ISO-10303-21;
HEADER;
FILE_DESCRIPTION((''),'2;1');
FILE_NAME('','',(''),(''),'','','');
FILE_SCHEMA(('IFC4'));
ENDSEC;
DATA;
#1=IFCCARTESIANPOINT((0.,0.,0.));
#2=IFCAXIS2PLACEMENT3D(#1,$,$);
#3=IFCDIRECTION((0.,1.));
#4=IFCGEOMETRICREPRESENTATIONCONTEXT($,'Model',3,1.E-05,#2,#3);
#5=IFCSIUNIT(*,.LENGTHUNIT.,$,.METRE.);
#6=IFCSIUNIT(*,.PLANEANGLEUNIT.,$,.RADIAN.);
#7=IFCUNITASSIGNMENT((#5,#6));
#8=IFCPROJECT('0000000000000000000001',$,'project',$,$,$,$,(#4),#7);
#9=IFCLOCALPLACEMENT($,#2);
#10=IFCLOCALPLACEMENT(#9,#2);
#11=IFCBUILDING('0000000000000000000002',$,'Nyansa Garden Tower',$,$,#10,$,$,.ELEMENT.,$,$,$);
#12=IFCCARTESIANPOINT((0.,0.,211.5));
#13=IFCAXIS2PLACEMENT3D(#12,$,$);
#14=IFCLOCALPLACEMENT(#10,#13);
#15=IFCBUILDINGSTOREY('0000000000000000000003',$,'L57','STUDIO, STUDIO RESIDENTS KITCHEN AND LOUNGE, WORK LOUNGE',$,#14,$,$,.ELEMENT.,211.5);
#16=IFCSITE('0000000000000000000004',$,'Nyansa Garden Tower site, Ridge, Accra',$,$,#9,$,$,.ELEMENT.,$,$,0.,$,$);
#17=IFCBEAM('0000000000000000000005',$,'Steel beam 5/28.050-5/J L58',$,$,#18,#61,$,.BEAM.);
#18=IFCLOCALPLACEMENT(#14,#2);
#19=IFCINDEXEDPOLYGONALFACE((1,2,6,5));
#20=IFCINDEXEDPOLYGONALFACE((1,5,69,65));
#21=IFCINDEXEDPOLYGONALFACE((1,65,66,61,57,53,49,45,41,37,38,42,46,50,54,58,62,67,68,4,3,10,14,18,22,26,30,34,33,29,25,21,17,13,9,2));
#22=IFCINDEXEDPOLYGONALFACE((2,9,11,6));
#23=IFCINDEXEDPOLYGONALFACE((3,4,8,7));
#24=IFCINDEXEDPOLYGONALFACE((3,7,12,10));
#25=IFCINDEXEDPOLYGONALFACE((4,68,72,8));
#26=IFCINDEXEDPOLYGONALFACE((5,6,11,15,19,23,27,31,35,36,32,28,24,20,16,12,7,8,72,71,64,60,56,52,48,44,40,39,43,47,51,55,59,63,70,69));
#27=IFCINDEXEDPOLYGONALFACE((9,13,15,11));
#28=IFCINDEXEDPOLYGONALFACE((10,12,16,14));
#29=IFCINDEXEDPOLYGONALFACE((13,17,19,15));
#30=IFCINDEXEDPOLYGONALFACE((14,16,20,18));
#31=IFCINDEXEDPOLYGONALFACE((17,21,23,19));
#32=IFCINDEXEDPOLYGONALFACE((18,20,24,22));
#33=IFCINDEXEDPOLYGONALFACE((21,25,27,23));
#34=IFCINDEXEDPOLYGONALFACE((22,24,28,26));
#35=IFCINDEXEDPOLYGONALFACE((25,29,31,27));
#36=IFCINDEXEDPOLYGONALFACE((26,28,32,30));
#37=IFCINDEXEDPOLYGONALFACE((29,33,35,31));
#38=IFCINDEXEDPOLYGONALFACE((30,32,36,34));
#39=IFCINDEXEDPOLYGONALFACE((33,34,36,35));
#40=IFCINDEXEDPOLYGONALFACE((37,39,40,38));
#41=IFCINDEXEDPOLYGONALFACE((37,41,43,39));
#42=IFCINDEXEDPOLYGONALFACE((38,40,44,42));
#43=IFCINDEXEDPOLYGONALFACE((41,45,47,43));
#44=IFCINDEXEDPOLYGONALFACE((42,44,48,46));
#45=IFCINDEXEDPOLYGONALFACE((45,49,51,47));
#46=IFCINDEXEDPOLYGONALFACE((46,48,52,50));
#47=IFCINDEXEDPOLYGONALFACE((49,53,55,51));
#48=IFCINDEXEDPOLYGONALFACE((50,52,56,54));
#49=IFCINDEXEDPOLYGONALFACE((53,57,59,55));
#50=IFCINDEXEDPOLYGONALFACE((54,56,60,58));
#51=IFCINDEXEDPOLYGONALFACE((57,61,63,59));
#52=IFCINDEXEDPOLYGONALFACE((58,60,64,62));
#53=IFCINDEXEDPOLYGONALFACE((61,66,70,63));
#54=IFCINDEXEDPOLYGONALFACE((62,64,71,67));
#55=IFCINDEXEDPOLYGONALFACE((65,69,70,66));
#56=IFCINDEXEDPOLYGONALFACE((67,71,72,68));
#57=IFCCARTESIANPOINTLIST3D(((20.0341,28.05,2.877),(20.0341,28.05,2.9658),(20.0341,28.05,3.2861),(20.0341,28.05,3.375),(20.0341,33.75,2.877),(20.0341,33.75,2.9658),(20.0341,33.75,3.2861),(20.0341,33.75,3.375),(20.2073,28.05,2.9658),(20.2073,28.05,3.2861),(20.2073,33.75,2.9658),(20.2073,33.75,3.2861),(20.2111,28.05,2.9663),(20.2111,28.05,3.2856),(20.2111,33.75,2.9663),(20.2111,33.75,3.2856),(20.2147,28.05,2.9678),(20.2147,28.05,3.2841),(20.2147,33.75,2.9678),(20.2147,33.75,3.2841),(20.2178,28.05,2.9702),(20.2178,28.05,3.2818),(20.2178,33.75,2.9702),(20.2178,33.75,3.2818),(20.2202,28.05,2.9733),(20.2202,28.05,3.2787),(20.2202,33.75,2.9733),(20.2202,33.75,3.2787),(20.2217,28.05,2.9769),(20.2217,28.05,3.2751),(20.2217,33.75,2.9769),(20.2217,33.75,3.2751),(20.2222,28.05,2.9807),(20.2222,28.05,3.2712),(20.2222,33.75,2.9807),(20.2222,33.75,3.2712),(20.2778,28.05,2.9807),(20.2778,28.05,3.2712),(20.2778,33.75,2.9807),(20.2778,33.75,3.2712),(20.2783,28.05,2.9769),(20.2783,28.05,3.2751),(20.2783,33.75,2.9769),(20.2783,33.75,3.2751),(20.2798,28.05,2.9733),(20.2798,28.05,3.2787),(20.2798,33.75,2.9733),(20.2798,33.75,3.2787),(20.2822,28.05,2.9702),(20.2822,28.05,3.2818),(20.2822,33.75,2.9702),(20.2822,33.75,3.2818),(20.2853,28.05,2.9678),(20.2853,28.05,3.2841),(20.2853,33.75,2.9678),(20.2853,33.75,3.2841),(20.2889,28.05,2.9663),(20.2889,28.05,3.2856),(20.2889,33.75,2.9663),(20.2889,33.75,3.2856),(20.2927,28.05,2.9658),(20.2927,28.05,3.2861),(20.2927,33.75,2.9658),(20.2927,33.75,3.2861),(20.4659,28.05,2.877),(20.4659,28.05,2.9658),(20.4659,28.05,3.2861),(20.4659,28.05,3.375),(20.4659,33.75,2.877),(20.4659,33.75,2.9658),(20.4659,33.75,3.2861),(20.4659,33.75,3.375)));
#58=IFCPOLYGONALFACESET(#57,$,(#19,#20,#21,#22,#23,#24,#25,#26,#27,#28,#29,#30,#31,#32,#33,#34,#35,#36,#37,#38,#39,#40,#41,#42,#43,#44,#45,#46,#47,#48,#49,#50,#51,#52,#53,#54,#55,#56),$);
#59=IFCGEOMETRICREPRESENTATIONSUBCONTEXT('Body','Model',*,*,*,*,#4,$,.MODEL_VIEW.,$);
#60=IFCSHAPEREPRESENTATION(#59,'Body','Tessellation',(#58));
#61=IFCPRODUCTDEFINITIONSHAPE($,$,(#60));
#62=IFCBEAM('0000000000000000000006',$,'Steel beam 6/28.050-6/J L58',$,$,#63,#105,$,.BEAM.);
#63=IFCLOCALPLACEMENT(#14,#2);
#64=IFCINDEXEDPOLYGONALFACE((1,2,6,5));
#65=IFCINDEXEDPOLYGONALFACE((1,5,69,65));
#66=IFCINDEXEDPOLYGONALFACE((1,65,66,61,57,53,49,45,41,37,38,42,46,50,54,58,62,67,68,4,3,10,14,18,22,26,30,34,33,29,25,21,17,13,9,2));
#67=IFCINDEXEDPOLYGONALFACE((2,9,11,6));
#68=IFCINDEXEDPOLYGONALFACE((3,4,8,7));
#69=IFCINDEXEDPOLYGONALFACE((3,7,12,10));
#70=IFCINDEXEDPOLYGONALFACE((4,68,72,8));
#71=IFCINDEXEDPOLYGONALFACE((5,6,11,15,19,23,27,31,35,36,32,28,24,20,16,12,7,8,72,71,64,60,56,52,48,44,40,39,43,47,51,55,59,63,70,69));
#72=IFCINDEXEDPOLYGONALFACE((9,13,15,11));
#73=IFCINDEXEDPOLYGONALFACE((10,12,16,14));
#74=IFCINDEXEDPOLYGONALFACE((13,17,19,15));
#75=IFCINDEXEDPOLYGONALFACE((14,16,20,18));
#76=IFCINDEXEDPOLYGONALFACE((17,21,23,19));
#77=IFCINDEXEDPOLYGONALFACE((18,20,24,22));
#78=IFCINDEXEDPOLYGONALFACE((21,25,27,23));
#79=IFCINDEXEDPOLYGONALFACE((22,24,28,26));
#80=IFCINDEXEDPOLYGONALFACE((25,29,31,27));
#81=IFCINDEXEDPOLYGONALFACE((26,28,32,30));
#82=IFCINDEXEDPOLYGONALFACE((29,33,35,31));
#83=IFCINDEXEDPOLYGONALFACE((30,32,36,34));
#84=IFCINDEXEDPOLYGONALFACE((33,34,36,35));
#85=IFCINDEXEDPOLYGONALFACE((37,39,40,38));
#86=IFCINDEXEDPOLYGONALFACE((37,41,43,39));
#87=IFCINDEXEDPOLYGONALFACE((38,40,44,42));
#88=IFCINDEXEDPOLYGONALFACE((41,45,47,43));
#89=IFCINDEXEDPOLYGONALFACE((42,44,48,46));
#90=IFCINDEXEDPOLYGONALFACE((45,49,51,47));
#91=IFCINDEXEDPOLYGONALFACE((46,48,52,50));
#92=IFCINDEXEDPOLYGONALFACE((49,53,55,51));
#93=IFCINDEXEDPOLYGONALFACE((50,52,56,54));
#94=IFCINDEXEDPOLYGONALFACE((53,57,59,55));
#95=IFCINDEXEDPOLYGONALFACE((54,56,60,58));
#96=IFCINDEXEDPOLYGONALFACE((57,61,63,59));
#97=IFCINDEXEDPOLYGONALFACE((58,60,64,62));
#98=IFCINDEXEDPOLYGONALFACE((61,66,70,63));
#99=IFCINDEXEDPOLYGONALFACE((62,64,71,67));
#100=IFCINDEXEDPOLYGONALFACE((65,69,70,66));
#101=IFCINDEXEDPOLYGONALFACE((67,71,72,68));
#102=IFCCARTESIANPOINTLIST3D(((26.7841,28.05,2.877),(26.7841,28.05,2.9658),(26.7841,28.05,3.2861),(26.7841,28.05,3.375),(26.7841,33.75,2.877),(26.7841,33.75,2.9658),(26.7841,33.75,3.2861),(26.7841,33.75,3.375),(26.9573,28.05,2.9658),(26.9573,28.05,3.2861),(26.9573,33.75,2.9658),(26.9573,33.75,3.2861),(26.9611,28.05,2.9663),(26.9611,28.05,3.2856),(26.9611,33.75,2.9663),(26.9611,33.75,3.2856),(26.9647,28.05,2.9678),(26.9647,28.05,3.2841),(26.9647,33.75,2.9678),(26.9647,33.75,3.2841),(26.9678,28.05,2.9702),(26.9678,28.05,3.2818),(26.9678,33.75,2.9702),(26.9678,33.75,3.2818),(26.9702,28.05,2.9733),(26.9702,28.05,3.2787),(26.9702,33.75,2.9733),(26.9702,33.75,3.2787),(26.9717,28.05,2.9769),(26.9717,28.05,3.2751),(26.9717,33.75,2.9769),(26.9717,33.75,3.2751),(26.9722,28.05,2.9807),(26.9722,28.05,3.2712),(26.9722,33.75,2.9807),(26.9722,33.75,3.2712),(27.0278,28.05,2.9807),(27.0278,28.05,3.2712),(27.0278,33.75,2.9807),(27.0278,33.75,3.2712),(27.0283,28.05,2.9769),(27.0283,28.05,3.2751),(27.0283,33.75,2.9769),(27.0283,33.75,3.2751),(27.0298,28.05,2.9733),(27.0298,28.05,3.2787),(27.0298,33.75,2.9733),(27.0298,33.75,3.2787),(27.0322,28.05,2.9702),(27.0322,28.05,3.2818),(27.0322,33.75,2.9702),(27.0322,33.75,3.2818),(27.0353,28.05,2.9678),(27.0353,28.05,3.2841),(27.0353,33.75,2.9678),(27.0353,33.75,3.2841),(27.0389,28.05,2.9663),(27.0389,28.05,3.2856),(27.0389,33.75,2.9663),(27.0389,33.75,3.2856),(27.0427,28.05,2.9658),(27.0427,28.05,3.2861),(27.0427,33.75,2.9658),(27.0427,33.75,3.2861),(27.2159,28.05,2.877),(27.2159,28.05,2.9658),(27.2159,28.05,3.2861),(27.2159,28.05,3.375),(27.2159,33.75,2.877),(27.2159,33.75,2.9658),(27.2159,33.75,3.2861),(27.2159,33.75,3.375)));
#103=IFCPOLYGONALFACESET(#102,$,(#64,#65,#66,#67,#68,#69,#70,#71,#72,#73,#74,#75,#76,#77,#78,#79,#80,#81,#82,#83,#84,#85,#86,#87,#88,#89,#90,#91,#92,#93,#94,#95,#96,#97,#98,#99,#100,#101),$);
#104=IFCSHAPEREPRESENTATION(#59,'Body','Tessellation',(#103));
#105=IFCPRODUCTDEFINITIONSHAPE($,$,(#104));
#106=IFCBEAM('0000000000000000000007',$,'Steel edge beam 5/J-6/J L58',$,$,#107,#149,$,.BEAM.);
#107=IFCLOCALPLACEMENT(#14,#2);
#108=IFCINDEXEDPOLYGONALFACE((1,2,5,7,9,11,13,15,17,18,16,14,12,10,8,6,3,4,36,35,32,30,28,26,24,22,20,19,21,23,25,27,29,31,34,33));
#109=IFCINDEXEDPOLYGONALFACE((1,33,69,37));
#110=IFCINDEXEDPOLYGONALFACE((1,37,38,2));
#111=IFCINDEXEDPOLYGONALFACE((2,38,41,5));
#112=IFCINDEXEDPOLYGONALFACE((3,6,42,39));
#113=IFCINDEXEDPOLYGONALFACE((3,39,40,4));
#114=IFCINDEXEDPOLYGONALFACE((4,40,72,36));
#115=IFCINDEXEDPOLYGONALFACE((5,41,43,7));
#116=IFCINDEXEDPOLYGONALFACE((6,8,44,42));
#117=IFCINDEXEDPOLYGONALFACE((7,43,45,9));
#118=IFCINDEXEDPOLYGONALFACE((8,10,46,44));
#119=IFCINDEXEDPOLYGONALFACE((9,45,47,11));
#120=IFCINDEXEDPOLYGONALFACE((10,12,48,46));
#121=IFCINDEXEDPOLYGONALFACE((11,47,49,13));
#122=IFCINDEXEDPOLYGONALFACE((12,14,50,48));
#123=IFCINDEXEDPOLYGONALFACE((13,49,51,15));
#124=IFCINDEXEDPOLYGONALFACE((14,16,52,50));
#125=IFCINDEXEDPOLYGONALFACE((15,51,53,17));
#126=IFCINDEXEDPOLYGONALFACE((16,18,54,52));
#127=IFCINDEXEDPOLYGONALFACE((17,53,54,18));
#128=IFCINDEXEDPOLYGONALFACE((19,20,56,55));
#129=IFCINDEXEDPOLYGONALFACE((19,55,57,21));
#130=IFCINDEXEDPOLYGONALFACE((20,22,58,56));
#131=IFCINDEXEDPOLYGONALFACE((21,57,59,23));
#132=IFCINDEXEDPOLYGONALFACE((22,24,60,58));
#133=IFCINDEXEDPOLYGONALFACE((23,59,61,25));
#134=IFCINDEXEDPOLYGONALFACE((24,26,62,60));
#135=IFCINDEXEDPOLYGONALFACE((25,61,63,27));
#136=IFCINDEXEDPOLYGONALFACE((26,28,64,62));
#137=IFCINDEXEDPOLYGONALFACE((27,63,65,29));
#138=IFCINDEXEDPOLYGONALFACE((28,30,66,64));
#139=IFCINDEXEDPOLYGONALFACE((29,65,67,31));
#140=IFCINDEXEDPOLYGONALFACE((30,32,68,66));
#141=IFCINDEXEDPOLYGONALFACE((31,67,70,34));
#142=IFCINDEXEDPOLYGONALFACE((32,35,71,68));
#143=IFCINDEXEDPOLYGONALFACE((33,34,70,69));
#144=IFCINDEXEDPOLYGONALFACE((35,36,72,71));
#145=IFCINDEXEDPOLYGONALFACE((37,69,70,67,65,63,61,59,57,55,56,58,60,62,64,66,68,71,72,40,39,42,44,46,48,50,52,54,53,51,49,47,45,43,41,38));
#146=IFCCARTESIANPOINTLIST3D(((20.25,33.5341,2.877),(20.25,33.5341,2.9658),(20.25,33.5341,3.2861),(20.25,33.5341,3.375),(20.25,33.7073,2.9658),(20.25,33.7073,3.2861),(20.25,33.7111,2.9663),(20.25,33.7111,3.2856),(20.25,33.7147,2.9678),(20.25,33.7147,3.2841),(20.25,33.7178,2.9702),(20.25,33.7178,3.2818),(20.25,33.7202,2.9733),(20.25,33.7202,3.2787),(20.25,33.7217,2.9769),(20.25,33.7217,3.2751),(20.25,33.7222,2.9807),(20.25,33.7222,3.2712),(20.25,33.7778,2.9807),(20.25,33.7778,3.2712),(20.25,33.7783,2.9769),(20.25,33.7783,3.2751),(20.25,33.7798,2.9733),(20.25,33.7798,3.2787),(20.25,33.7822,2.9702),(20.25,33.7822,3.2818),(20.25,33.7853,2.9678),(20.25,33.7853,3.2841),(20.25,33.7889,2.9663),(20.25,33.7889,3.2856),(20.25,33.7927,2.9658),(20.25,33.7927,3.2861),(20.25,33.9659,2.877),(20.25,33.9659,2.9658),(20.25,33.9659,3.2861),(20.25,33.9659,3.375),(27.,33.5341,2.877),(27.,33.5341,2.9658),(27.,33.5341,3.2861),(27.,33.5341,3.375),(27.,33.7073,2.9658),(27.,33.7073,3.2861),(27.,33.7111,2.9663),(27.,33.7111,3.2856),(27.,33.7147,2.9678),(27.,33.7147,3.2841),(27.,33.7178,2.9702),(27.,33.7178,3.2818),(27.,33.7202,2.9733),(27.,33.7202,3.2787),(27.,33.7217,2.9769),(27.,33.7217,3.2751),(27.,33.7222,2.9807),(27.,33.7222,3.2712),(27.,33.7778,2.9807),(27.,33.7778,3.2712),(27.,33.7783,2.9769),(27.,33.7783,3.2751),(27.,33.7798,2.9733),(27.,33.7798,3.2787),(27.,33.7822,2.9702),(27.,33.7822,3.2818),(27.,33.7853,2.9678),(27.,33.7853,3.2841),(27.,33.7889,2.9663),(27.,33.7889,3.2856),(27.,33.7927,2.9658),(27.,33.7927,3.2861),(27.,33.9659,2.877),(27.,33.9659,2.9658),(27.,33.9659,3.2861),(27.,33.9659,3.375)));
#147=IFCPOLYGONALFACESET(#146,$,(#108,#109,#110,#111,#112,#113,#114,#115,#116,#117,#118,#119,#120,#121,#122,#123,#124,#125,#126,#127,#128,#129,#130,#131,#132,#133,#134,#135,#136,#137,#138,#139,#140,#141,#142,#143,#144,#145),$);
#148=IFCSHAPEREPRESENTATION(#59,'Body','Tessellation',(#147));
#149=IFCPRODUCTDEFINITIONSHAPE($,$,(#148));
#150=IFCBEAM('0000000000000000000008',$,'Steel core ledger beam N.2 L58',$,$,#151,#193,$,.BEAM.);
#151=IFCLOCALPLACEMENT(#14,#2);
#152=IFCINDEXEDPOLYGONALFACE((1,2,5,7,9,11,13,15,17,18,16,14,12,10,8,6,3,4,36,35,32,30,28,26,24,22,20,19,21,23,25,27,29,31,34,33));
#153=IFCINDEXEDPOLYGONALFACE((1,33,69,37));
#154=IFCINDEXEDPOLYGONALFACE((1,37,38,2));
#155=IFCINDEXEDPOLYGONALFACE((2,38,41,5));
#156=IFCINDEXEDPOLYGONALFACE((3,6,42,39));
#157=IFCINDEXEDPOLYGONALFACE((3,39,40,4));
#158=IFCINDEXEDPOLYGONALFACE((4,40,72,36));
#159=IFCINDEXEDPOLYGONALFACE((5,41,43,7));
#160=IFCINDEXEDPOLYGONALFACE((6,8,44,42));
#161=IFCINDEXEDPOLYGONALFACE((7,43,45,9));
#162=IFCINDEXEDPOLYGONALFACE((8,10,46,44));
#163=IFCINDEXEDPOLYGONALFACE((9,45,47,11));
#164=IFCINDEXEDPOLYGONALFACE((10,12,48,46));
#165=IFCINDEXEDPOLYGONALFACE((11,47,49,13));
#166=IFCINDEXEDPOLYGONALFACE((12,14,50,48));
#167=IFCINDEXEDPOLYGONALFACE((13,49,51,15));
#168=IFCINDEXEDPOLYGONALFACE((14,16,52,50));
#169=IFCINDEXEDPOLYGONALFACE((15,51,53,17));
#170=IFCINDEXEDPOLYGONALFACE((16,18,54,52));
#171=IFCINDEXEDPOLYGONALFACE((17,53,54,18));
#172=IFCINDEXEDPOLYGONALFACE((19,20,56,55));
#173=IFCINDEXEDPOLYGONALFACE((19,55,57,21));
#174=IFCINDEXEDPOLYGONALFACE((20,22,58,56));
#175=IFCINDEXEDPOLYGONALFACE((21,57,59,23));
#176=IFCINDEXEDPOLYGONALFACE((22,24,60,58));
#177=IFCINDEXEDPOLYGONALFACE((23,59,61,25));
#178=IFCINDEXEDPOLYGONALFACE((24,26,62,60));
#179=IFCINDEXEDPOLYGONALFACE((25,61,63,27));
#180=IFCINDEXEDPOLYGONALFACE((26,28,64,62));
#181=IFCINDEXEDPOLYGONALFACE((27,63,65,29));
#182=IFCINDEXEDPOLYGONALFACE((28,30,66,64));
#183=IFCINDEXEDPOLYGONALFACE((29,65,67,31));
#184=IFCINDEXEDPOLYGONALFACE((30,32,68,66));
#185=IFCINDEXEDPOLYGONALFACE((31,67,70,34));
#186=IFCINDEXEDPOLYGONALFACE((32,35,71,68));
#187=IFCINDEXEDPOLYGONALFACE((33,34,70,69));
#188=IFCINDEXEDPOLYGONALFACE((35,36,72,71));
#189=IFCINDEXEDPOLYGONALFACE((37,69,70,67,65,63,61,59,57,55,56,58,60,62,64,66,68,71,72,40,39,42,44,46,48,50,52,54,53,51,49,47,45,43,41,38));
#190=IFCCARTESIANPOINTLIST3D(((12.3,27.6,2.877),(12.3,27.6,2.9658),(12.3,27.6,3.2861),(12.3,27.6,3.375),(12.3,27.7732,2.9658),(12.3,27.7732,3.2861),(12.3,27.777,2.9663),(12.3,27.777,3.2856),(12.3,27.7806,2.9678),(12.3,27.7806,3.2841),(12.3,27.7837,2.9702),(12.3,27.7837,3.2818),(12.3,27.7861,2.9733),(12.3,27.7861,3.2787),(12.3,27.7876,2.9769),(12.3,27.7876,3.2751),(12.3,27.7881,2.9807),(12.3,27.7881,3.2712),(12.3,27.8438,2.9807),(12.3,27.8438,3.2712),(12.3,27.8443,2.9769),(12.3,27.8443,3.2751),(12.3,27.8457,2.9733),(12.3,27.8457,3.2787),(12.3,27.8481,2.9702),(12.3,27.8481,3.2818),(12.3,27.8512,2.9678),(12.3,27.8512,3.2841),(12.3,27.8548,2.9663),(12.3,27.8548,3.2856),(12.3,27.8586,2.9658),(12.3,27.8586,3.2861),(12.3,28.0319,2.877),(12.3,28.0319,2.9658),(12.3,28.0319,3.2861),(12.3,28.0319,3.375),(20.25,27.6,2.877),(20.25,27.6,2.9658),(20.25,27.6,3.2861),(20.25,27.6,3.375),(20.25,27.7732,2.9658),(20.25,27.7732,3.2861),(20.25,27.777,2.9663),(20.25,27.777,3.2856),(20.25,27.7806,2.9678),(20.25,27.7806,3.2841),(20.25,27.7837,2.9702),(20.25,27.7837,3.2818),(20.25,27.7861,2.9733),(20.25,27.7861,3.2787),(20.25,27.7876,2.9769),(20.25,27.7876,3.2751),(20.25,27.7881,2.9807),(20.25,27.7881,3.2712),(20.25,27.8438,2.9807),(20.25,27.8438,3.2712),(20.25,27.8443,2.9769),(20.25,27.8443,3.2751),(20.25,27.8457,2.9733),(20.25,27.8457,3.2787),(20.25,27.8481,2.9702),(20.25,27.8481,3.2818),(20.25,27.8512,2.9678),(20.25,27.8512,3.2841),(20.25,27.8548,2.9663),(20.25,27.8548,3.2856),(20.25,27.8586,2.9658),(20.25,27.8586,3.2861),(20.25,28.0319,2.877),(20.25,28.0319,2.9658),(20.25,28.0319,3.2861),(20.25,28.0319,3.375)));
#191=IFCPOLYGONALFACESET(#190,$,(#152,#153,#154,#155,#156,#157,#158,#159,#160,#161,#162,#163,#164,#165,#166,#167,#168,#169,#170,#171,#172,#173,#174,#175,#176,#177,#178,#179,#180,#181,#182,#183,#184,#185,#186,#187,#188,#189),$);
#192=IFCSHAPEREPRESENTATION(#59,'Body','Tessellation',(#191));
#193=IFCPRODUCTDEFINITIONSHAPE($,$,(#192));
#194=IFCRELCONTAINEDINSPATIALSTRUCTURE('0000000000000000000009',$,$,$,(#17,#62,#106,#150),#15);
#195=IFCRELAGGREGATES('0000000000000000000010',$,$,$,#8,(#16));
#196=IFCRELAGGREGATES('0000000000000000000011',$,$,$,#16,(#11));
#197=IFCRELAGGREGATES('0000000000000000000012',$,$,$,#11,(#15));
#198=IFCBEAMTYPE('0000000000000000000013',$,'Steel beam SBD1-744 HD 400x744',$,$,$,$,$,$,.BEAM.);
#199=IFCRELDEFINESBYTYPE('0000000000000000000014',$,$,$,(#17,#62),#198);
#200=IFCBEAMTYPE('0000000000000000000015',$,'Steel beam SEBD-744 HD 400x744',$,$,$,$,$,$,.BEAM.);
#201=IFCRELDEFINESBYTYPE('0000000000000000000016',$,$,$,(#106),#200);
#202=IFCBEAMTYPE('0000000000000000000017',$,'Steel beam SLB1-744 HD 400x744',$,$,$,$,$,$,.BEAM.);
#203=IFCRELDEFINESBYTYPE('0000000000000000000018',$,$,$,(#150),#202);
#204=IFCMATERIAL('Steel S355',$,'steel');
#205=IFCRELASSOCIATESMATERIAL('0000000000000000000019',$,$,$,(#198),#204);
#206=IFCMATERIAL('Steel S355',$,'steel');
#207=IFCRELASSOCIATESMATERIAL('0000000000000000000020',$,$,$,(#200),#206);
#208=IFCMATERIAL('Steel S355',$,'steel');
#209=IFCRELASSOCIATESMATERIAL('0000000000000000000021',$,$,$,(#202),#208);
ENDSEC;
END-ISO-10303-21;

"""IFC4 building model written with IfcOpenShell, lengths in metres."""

from ifc_helpers import new_model, si_unit, direction, frame, origin, origin_2d, place, context, subcontext, project, spatial, i_section, extrude, material, material_profile, profile_set, type_object, element, save


model = new_model("IFC4")

# Units and contexts
model_context = context("Model", 3, precision=1e-05, world=origin(), true_north=direction((0.0, 1.0)))
body_context = subcontext(model_context, "Body", "Model", "MODEL_VIEW")
ifc_project = project(units=[si_unit("LENGTHUNIT", "METRE"), si_unit("PLANEANGLEUNIT", "RADIAN")], contexts=[model_context])

# Site, building, storey
site_placement = place(None, origin())
site = spatial("IfcSite", under=ifc_project, at=site_placement, Name="Nyansa Garden Tower site, Ridge, Accra", CompositionType="ELEMENT", RefElevation=0.0)
building_placement = place(site_placement, origin())
building = spatial("IfcBuilding", under=site, at=building_placement, Name="Nyansa Garden Tower", CompositionType="ELEMENT")
storey_placement = place(building_placement, frame((0.0, 0.0, 211.5)))
storey = spatial("IfcBuildingStorey", under=building, at=storey_placement, Name="L57", Description="STUDIO, STUDIO RESIDENTS KITCHEN AND LOUNGE, WORK LOUNGE", CompositionType="ELEMENT", Elevation=211.5)

# Beams
ifc_material_1 = material(Name="Steel S355", Category="steel")
ifc_material_profile_1 = material_profile(ifc_material_1, i_section(OverallWidth=0.4319, OverallDepth=0.498, WebThickness=0.0557, FlangeThickness=0.0889, FilletRadius=0.0149, at=origin_2d()), Name="HD 400x744")
ifc_profile_set_1 = profile_set([ifc_material_profile_1], Name="Steel S355")
beam_type_1 = type_object("IfcBeamType", Name="Steel beam SBD1-744 HD 400x744", PredefinedType="BEAM", material=ifc_profile_set_1)
for number, where, z_axis, x_axis, name in (
    (1, (20.25, 28.05, 3.126), (0.0, 1.0, 0.0), (-1.0, 0.0, 0.0), "Steel beam 5/28.050-5/J L58"),
    (2, (27.0, 28.05, 3.126), (0.0, 1.0, 0.0), (-1.0, 0.0, 0.0), "Steel beam 6/28.050-6/J L58"),
):
    element("IfcBeam", number, at=place(storey_placement, frame(where, z_axis=z_axis, x_axis=x_axis)), inside=storey, type_object=beam_type_1, Name=name, PredefinedType="BEAM", context=body_context, shape_type="SweptSolid", body=[
        extrude(i_section(OverallWidth=0.4319, OverallDepth=0.498, WebThickness=0.0557, FlangeThickness=0.0889, FilletRadius=0.0149, at=origin_2d()), origin(), (0.0, 0.0, 1.0), 5.7),
    ])
ifc_material_2 = material(Name="Steel S355", Category="steel")
ifc_material_profile_2 = material_profile(ifc_material_2, i_section(OverallWidth=0.4319, OverallDepth=0.498, WebThickness=0.0557, FlangeThickness=0.0889, FilletRadius=0.0149, at=origin_2d()), Name="HD 400x744")
ifc_profile_set_2 = profile_set([ifc_material_profile_2], Name="Steel S355")
beam_type_2 = type_object("IfcBeamType", Name="Steel beam SEBD-744 HD 400x744", PredefinedType="BEAM", material=ifc_profile_set_2)
beam_1_placement = place(storey_placement, frame((20.25, 33.75, 3.126), z_axis=(1.0, 0.0, 0.0), x_axis=(0.0, 1.0, 0.0)))
element("IfcBeam", 3, at=beam_1_placement, inside=storey, type_object=beam_type_2, Name="Steel edge beam 5/J-6/J L58", PredefinedType="BEAM", context=body_context, shape_type="SweptSolid", body=[
    extrude(i_section(OverallWidth=0.4319, OverallDepth=0.498, WebThickness=0.0557, FlangeThickness=0.0889, FilletRadius=0.0149, at=origin_2d()), origin(), (0.0, 0.0, 1.0), 6.75),
])
ifc_material_3 = material(Name="Steel S355", Category="steel")
ifc_material_profile_3 = material_profile(ifc_material_3, i_section(OverallWidth=0.4319, OverallDepth=0.498, WebThickness=0.0557, FlangeThickness=0.0889, FilletRadius=0.0149, at=origin_2d()), Name="HD 400x744")
ifc_profile_set_3 = profile_set([ifc_material_profile_3], Name="Steel S355")
beam_type_3 = type_object("IfcBeamType", Name="Steel beam SLB1-744 HD 400x744", PredefinedType="BEAM", material=ifc_profile_set_3)
beam_2_placement = place(storey_placement, frame((20.25, 27.8159, 3.126), z_axis=(-1.0, 0.0, 0.0), x_axis=(0.0, -1.0, 0.0)))
element("IfcBeam", 4, at=beam_2_placement, inside=storey, type_object=beam_type_3, Name="Steel core ledger beam N.2 L58", PredefinedType="BEAM", context=body_context, shape_type="SweptSolid", body=[
    extrude(i_section(OverallWidth=0.4319, OverallDepth=0.498, WebThickness=0.0557, FlangeThickness=0.0889, FilletRadius=0.0149, at=origin_2d()), origin(), (0.0, 0.0, 1.0), 7.95),
])

save(model, "model.ifc")
